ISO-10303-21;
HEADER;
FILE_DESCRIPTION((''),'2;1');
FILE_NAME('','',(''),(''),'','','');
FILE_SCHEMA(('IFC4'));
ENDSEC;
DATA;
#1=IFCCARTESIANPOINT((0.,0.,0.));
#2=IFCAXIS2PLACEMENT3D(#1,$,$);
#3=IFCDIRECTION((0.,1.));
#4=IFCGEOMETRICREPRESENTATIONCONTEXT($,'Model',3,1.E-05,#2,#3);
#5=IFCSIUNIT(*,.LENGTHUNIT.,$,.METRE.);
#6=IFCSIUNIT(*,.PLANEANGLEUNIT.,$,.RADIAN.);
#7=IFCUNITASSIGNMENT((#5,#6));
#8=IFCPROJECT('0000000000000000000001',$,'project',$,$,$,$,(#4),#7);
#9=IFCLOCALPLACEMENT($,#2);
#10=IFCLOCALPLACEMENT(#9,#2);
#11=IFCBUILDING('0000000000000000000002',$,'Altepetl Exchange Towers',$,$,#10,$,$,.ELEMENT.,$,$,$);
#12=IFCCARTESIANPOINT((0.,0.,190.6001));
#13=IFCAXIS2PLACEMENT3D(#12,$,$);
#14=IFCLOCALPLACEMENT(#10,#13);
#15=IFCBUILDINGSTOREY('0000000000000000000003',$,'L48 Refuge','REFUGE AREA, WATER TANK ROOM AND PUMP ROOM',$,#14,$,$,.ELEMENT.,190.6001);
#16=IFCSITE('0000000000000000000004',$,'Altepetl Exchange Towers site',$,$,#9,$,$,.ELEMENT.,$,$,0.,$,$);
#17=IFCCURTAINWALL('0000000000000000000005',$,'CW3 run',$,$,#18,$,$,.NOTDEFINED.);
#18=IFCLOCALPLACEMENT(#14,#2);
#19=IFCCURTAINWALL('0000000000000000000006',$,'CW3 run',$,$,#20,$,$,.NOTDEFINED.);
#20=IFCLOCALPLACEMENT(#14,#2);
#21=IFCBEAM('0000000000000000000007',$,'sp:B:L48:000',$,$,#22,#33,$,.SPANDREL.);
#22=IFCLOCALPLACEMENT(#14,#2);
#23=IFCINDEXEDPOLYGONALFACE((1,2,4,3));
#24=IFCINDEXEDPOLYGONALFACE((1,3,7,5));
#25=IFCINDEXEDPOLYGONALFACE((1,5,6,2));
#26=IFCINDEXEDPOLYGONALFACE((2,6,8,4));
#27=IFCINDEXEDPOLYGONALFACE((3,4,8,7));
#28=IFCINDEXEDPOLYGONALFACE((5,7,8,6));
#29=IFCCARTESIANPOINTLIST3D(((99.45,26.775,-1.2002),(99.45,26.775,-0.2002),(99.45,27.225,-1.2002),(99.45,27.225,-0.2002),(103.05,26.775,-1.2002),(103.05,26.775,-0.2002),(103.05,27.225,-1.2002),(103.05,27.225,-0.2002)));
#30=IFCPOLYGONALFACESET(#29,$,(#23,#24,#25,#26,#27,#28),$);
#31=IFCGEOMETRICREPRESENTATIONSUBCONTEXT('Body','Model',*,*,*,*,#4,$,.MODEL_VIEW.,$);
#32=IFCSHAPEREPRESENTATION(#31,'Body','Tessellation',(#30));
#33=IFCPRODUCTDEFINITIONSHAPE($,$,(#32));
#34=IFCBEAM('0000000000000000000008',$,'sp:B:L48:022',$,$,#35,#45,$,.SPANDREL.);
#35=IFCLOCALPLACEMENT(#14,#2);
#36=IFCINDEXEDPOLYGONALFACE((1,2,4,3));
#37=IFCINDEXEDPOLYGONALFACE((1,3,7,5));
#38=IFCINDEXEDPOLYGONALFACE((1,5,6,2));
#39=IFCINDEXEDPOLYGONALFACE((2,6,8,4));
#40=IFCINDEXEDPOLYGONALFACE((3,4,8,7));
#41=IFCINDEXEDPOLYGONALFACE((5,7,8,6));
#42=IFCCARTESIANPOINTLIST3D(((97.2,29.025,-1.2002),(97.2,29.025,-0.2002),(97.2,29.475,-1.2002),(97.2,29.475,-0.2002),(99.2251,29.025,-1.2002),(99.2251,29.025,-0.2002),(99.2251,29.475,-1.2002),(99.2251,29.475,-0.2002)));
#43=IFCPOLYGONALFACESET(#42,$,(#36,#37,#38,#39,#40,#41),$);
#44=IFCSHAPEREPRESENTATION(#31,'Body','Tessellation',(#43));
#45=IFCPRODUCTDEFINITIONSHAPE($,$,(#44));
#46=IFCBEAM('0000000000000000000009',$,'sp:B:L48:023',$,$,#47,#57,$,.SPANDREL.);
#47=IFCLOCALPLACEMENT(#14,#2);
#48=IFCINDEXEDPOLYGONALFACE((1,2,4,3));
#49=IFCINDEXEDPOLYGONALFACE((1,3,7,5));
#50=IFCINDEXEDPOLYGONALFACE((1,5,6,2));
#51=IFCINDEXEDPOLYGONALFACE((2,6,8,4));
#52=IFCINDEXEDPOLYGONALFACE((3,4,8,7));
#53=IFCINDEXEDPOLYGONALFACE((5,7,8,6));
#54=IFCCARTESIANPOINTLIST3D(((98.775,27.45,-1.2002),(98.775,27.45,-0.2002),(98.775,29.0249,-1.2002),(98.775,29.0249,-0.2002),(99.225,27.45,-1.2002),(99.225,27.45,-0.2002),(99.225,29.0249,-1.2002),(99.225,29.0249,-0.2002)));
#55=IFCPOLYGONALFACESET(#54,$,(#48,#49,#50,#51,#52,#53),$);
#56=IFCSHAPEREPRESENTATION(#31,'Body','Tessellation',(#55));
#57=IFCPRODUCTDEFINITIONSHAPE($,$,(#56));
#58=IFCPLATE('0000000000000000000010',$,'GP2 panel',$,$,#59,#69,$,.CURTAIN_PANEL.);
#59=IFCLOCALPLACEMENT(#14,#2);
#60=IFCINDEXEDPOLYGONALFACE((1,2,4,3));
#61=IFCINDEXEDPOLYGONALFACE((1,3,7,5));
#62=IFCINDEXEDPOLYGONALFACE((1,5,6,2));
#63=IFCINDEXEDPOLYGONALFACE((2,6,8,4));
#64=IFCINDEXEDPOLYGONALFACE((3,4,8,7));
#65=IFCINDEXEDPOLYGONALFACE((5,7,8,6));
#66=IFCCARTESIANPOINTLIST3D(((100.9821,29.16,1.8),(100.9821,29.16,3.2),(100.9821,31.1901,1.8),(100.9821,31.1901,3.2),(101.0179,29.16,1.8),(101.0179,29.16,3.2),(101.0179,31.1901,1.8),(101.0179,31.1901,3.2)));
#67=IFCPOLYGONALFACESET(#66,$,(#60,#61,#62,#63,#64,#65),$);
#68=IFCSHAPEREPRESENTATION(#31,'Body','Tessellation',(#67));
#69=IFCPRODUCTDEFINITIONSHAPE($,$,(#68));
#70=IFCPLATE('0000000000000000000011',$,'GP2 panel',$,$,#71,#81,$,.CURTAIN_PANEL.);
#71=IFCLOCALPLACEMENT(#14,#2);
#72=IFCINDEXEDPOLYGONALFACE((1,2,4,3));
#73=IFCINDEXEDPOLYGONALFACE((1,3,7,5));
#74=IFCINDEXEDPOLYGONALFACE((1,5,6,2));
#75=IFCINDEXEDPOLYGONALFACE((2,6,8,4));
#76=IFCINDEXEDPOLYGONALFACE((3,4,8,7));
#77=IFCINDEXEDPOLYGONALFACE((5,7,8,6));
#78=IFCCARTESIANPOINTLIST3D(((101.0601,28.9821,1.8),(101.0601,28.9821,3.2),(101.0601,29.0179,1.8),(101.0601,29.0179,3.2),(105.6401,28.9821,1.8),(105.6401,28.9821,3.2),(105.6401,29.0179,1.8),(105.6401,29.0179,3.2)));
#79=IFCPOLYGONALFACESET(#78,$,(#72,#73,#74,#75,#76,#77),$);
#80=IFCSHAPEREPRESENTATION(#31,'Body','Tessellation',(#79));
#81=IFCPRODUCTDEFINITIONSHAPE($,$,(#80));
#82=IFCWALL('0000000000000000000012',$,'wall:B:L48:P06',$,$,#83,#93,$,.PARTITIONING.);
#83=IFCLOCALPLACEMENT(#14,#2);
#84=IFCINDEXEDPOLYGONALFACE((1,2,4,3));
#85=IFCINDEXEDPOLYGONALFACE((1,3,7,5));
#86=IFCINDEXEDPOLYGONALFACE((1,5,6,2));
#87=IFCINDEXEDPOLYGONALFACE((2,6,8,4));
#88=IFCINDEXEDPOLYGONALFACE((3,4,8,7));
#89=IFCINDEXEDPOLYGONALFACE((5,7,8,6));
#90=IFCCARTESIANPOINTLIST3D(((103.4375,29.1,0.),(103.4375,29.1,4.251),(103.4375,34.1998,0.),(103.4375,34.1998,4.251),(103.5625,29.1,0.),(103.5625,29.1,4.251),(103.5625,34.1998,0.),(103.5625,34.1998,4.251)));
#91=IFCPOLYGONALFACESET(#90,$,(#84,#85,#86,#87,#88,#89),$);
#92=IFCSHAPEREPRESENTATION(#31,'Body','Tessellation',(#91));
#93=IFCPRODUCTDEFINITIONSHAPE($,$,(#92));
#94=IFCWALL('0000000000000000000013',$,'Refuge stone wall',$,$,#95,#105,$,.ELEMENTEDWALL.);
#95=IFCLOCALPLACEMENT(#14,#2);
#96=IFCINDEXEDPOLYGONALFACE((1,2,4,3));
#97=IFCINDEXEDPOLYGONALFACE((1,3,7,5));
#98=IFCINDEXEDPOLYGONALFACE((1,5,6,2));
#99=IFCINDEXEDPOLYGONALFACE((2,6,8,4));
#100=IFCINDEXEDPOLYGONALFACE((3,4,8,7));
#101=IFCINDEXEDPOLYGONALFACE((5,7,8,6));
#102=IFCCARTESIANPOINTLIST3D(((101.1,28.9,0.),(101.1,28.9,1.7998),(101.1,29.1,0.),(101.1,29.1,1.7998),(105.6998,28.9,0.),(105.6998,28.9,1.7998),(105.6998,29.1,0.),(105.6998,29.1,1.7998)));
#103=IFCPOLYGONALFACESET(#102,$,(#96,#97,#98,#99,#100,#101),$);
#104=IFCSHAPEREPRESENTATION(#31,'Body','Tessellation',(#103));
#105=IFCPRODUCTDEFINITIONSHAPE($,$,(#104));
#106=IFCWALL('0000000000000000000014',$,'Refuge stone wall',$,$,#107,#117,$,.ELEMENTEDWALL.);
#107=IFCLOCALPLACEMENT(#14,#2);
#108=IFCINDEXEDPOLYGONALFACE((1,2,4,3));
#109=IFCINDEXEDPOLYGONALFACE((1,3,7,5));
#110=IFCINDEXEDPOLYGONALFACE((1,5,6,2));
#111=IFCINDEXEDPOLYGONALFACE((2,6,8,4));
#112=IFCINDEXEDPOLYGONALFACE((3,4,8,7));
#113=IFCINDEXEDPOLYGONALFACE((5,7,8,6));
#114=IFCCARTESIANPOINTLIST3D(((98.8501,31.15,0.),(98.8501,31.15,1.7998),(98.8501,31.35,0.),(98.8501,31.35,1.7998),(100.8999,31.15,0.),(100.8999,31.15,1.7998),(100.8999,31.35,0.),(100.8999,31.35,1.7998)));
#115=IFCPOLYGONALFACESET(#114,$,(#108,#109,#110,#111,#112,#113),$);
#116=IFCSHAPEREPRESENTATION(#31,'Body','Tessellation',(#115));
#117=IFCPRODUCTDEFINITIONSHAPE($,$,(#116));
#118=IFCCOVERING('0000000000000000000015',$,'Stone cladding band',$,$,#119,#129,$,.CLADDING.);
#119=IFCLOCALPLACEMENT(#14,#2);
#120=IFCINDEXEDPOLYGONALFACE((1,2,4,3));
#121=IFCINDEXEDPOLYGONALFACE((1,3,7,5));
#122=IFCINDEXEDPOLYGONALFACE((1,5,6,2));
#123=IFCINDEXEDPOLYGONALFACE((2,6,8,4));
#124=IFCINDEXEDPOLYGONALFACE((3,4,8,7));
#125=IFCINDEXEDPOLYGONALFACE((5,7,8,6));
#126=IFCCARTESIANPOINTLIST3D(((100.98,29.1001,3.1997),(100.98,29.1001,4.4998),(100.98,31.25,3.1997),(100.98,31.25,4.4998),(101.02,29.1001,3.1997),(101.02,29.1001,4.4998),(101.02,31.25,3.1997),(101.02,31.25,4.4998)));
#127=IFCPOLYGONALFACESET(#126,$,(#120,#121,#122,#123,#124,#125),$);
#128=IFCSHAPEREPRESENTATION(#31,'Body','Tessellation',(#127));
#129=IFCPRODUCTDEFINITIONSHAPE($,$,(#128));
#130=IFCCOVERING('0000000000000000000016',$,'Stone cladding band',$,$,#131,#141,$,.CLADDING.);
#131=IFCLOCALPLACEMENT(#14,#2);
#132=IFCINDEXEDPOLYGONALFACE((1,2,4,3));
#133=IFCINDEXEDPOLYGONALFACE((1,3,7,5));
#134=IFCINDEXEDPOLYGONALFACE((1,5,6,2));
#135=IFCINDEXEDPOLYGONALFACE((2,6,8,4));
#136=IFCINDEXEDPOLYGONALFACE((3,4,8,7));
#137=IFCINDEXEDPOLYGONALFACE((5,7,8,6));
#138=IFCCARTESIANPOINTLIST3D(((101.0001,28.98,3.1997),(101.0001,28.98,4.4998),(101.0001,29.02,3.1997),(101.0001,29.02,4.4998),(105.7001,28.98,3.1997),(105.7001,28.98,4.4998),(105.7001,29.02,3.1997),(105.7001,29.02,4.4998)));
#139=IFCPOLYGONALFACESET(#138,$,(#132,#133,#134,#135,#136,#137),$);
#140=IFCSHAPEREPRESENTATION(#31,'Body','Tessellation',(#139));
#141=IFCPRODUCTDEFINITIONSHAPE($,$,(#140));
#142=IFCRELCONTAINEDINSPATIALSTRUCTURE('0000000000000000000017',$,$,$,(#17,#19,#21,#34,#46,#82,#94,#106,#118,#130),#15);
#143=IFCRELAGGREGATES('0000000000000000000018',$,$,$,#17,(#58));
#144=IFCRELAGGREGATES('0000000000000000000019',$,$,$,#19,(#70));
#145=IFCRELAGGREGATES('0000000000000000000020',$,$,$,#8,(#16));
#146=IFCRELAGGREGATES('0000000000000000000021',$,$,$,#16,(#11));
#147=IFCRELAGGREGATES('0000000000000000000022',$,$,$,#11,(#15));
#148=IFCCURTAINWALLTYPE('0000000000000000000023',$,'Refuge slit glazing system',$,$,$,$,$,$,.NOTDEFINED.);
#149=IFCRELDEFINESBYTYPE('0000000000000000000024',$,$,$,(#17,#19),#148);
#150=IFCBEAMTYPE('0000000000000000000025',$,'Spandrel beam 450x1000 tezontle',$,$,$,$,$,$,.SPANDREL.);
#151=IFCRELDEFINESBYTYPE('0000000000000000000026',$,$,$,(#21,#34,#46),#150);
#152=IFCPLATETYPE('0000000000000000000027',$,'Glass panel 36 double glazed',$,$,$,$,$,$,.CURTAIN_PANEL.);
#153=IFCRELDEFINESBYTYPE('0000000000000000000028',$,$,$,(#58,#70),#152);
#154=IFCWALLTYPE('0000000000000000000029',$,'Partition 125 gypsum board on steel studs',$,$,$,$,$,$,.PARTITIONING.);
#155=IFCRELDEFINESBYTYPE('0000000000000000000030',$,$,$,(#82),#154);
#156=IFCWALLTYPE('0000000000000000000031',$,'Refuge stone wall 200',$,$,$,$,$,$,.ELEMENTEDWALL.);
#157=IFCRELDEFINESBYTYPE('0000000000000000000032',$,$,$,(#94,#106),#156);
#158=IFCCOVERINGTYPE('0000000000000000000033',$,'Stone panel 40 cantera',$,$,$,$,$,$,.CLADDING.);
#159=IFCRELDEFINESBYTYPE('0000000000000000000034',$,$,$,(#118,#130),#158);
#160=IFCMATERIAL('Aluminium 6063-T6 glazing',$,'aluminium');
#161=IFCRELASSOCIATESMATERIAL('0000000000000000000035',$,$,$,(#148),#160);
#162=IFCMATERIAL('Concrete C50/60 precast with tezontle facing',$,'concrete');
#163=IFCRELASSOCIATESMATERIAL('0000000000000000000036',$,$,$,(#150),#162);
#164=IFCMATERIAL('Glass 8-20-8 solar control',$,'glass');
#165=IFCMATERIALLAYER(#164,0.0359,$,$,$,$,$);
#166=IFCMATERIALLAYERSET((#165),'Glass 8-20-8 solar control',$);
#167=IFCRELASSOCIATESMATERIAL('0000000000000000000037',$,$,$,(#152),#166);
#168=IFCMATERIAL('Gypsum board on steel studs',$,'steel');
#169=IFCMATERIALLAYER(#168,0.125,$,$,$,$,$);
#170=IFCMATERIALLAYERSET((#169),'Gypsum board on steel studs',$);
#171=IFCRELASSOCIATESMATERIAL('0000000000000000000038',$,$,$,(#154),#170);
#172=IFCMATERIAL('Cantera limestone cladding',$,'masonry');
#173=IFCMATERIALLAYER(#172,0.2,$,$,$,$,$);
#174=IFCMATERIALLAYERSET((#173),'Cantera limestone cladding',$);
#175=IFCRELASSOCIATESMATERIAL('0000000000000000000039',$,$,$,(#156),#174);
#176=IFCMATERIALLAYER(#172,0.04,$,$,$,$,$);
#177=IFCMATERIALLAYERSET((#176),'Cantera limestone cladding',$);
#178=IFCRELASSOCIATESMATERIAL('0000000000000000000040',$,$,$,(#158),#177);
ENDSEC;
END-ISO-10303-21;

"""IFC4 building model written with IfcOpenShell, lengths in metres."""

from ifc_helpers import new_model, si_unit, direction, frame, frame_2d, origin, origin_2d, place, context, subcontext, project, spatial, rectangle, extrude, material, layer, layer_set, material_profile, profile_set, type_object, element, aggregate, save


model = new_model("IFC4")

# Units and contexts
model_context = context("Model", 3, precision=1e-05, world=origin(), true_north=direction((0.0, 1.0)))
body_context = subcontext(model_context, "Body", "Model", "MODEL_VIEW")
ifc_project = project(units=[si_unit("LENGTHUNIT", "METRE"), si_unit("PLANEANGLEUNIT", "RADIAN")], contexts=[model_context])

# Site, building, storey
site_placement = place(None, origin())
site = spatial("IfcSite", under=ifc_project, at=site_placement, Name="Altepetl Exchange Towers site", CompositionType="ELEMENT", RefElevation=0.0)
building_placement = place(site_placement, origin())
building = spatial("IfcBuilding", under=site, at=building_placement, Name="Altepetl Exchange Towers", CompositionType="ELEMENT")
storey_placement = place(building_placement, frame((0.0, 0.0, 190.6001)))
storey = spatial("IfcBuildingStorey", under=building, at=storey_placement, Name="L48 Refuge", Description="REFUGE AREA, WATER TANK ROOM AND PUMP ROOM", CompositionType="ELEMENT", Elevation=190.6001)

# Curtain wall
ifc_material_1 = material(Name="Aluminium 6063-T6 glazing", Category="aluminium")
curtain_wall_type = type_object("IfcCurtainWallType", Name="Refuge slit glazing system", PredefinedType="NOTDEFINED", material=ifc_material_1)
curtain_wall_1_placement = place(storey_placement, origin())
curtain_wall_1 = element("IfcCurtainWall", 1, at=curtain_wall_1_placement, inside=storey, type_object=curtain_wall_type, Name="CW3 run", PredefinedType="NOTDEFINED")

# Curtain wall
curtain_wall_2_placement = place(storey_placement, origin())
curtain_wall_2 = element("IfcCurtainWall", 2, at=curtain_wall_2_placement, inside=storey, type_object=curtain_wall_type, Name="CW3 run", PredefinedType="NOTDEFINED")

# Beams
ifc_material_2 = material(Name="Concrete C50/60 precast with tezontle facing", Category="concrete")
ifc_material_profile_1 = material_profile(ifc_material_2, rectangle(XDim=0.45, YDim=1.0, at=origin_2d()), Name="450 x 1000")
ifc_profile_set_1 = profile_set([ifc_material_profile_1], Name="Concrete C50/60 precast with tezontle facing")
beam_type_1 = type_object("IfcBeamType", Name="Spandrel beam 450x1000 tezontle", PredefinedType="SPANDREL", material=ifc_profile_set_1)
beam_1_placement = place(storey_placement, frame((99.45, 27.0, -0.7002), z_axis=(1.0, 0.0, 0.0), x_axis=(0.0, 1.0, 0.0)))
element("IfcBeam", 3, at=beam_1_placement, inside=storey, type_object=beam_type_1, Name="sp:B:L48:000", PredefinedType="SPANDREL", context=body_context, shape_type="SweptSolid", body=[
    extrude(rectangle(XDim=0.45, YDim=1.0, at=origin_2d()), origin(), (0.0, 0.0, 1.0), 3.6001),
])
beam_2_placement = place(storey_placement, frame((97.2, 29.25, -0.7002), z_axis=(1.0, 0.0, 0.0), x_axis=(0.0, 1.0, 0.0)))
element("IfcBeam", 4, at=beam_2_placement, inside=storey, type_object=beam_type_1, Name="sp:B:L48:022", PredefinedType="SPANDREL", context=body_context, shape_type="SweptSolid", body=[
    extrude(rectangle(XDim=0.45, YDim=1.0, at=origin_2d()), origin(), (0.0, 0.0, 1.0), 2.0251),
])
beam_3_placement = place(storey_placement, frame((99.0, 29.0249, -0.7002), z_axis=(0.0, -1.0, 0.0), x_axis=(1.0, 0.0, 0.0)))
element("IfcBeam", 5, at=beam_3_placement, inside=storey, type_object=beam_type_1, Name="sp:B:L48:023", PredefinedType="SPANDREL", context=body_context, shape_type="SweptSolid", body=[
    extrude(rectangle(XDim=0.45, YDim=1.0, at=origin_2d()), origin(), (0.0, 0.0, 1.0), 1.575),
])

# Plates
ifc_material_3 = material(Name="Glass 8-20-8 solar control", Category="glass")
ifc_layer_1 = layer(ifc_material_3, 0.0359)
ifc_layer_set_1 = layer_set([ifc_layer_1], Name="Glass 8-20-8 solar control")
plate_type = type_object("IfcPlateType", Name="Glass panel 36 double glazed", PredefinedType="CURTAIN_PANEL", material=ifc_layer_set_1)
plate_1_placement = place(storey_placement, frame((101.0, 30.175, 1.8), z_axis=(0.0, 0.0, 1.0), x_axis=(0.0, -1.0, 0.0)))
plate_1 = element("IfcPlate", 6, at=plate_1_placement, type_object=plate_type, Name="GP2 panel", PredefinedType="CURTAIN_PANEL", context=body_context, shape_type="SweptSolid", body=[
    extrude(rectangle(XDim=2.03, YDim=0.0359, at=origin_2d()), origin(), (0.0, 0.0, 1.0), 1.3999),
])
aggregate(curtain_wall_1, [plate_1])
plate_2_placement = place(storey_placement, frame((103.3501, 29.0, 1.8)))
plate_2 = element("IfcPlate", 7, at=plate_2_placement, type_object=plate_type, Name="GP2 panel", PredefinedType="CURTAIN_PANEL", context=body_context, shape_type="SweptSolid", body=[
    extrude(rectangle(XDim=4.5801, YDim=0.0359, at=origin_2d()), origin(), (0.0, 0.0, 1.0), 1.3999),
])
aggregate(curtain_wall_2, [plate_2])

# Walls
ifc_material_4 = material(Name="Gypsum board on steel studs", Category="steel")
ifc_layer_2 = layer(ifc_material_4, 0.125)
ifc_layer_set_2 = layer_set([ifc_layer_2], Name="Gypsum board on steel studs")
wall_type_1 = type_object("IfcWallType", Name="Partition 125 gypsum board on steel studs", PredefinedType="PARTITIONING", material=ifc_layer_set_2)
wall_1_placement = place(storey_placement, frame((103.5, 29.1001, 0.0), z_axis=(0.0, 0.0, 1.0), x_axis=(0.0, 1.0, 0.0)))
element("IfcWall", 8, at=wall_1_placement, inside=storey, type_object=wall_type_1, Name="wall:B:L48:P06", PredefinedType="PARTITIONING", context=body_context, shape_type="SweptSolid", body=[
    extrude(rectangle(XDim=5.0999, YDim=0.125, at=frame_2d((2.5498, 0.0))), origin(), (0.0, 0.0, 1.0), 4.251),
])
ifc_material_5 = material(Name="Cantera limestone cladding", Category="masonry")
ifc_layer_3 = layer(ifc_material_5, 0.2)
ifc_layer_set_3 = layer_set([ifc_layer_3], Name="Cantera limestone cladding")
wall_type_2 = type_object("IfcWallType", Name="Refuge stone wall 200", PredefinedType="ELEMENTEDWALL", material=ifc_layer_set_3)
wall_2_placement = place(storey_placement, frame((101.1001, 29.0, 0.0)))
element("IfcWall", 9, at=wall_2_placement, inside=storey, type_object=wall_type_2, Name="Refuge stone wall", PredefinedType="ELEMENTEDWALL", context=body_context, shape_type="SweptSolid", body=[
    extrude(rectangle(XDim=4.5999, YDim=0.2, at=frame_2d((2.2998, 0.0))), origin(), (0.0, 0.0, 1.0), 1.7998),
])
wall_3_placement = place(storey_placement, frame((98.8501, 31.25, 0.0)))
element("IfcWall", 10, at=wall_3_placement, inside=storey, type_object=wall_type_2, Name="Refuge stone wall", PredefinedType="ELEMENTEDWALL", context=body_context, shape_type="SweptSolid", body=[
    extrude(rectangle(XDim=2.0498, YDim=0.2, at=frame_2d((1.0249, 0.0))), origin(), (0.0, 0.0, 1.0), 1.7998),
])

# Coverings
ifc_layer_4 = layer(ifc_material_5, 0.04)
ifc_layer_set_4 = layer_set([ifc_layer_4], Name="Cantera limestone cladding")
covering_type = type_object("IfcCoveringType", Name="Stone panel 40 cantera", PredefinedType="CLADDING", material=ifc_layer_set_4)
covering_1_placement = place(storey_placement, frame((101.0, 30.175, 3.1997), z_axis=(0.0, 0.0, 1.0), x_axis=(0.0, -1.0, 0.0)))
element("IfcCovering", 11, at=covering_1_placement, inside=storey, type_object=covering_type, Name="Stone cladding band", PredefinedType="CLADDING", context=body_context, shape_type="SweptSolid", body=[
    extrude(rectangle(XDim=2.1499, YDim=0.04, at=origin_2d()), origin(), (0.0, 0.0, 1.0), 1.3),
])
covering_2_placement = place(storey_placement, frame((103.3501, 29.0, 3.1997)))
element("IfcCovering", 12, at=covering_2_placement, inside=storey, type_object=covering_type, Name="Stone cladding band", PredefinedType="CLADDING", context=body_context, shape_type="SweptSolid", body=[
    extrude(rectangle(XDim=4.7, YDim=0.04, at=origin_2d()), origin(), (0.0, 0.0, 1.0), 1.3),
])

save(model, "model.ifc")
